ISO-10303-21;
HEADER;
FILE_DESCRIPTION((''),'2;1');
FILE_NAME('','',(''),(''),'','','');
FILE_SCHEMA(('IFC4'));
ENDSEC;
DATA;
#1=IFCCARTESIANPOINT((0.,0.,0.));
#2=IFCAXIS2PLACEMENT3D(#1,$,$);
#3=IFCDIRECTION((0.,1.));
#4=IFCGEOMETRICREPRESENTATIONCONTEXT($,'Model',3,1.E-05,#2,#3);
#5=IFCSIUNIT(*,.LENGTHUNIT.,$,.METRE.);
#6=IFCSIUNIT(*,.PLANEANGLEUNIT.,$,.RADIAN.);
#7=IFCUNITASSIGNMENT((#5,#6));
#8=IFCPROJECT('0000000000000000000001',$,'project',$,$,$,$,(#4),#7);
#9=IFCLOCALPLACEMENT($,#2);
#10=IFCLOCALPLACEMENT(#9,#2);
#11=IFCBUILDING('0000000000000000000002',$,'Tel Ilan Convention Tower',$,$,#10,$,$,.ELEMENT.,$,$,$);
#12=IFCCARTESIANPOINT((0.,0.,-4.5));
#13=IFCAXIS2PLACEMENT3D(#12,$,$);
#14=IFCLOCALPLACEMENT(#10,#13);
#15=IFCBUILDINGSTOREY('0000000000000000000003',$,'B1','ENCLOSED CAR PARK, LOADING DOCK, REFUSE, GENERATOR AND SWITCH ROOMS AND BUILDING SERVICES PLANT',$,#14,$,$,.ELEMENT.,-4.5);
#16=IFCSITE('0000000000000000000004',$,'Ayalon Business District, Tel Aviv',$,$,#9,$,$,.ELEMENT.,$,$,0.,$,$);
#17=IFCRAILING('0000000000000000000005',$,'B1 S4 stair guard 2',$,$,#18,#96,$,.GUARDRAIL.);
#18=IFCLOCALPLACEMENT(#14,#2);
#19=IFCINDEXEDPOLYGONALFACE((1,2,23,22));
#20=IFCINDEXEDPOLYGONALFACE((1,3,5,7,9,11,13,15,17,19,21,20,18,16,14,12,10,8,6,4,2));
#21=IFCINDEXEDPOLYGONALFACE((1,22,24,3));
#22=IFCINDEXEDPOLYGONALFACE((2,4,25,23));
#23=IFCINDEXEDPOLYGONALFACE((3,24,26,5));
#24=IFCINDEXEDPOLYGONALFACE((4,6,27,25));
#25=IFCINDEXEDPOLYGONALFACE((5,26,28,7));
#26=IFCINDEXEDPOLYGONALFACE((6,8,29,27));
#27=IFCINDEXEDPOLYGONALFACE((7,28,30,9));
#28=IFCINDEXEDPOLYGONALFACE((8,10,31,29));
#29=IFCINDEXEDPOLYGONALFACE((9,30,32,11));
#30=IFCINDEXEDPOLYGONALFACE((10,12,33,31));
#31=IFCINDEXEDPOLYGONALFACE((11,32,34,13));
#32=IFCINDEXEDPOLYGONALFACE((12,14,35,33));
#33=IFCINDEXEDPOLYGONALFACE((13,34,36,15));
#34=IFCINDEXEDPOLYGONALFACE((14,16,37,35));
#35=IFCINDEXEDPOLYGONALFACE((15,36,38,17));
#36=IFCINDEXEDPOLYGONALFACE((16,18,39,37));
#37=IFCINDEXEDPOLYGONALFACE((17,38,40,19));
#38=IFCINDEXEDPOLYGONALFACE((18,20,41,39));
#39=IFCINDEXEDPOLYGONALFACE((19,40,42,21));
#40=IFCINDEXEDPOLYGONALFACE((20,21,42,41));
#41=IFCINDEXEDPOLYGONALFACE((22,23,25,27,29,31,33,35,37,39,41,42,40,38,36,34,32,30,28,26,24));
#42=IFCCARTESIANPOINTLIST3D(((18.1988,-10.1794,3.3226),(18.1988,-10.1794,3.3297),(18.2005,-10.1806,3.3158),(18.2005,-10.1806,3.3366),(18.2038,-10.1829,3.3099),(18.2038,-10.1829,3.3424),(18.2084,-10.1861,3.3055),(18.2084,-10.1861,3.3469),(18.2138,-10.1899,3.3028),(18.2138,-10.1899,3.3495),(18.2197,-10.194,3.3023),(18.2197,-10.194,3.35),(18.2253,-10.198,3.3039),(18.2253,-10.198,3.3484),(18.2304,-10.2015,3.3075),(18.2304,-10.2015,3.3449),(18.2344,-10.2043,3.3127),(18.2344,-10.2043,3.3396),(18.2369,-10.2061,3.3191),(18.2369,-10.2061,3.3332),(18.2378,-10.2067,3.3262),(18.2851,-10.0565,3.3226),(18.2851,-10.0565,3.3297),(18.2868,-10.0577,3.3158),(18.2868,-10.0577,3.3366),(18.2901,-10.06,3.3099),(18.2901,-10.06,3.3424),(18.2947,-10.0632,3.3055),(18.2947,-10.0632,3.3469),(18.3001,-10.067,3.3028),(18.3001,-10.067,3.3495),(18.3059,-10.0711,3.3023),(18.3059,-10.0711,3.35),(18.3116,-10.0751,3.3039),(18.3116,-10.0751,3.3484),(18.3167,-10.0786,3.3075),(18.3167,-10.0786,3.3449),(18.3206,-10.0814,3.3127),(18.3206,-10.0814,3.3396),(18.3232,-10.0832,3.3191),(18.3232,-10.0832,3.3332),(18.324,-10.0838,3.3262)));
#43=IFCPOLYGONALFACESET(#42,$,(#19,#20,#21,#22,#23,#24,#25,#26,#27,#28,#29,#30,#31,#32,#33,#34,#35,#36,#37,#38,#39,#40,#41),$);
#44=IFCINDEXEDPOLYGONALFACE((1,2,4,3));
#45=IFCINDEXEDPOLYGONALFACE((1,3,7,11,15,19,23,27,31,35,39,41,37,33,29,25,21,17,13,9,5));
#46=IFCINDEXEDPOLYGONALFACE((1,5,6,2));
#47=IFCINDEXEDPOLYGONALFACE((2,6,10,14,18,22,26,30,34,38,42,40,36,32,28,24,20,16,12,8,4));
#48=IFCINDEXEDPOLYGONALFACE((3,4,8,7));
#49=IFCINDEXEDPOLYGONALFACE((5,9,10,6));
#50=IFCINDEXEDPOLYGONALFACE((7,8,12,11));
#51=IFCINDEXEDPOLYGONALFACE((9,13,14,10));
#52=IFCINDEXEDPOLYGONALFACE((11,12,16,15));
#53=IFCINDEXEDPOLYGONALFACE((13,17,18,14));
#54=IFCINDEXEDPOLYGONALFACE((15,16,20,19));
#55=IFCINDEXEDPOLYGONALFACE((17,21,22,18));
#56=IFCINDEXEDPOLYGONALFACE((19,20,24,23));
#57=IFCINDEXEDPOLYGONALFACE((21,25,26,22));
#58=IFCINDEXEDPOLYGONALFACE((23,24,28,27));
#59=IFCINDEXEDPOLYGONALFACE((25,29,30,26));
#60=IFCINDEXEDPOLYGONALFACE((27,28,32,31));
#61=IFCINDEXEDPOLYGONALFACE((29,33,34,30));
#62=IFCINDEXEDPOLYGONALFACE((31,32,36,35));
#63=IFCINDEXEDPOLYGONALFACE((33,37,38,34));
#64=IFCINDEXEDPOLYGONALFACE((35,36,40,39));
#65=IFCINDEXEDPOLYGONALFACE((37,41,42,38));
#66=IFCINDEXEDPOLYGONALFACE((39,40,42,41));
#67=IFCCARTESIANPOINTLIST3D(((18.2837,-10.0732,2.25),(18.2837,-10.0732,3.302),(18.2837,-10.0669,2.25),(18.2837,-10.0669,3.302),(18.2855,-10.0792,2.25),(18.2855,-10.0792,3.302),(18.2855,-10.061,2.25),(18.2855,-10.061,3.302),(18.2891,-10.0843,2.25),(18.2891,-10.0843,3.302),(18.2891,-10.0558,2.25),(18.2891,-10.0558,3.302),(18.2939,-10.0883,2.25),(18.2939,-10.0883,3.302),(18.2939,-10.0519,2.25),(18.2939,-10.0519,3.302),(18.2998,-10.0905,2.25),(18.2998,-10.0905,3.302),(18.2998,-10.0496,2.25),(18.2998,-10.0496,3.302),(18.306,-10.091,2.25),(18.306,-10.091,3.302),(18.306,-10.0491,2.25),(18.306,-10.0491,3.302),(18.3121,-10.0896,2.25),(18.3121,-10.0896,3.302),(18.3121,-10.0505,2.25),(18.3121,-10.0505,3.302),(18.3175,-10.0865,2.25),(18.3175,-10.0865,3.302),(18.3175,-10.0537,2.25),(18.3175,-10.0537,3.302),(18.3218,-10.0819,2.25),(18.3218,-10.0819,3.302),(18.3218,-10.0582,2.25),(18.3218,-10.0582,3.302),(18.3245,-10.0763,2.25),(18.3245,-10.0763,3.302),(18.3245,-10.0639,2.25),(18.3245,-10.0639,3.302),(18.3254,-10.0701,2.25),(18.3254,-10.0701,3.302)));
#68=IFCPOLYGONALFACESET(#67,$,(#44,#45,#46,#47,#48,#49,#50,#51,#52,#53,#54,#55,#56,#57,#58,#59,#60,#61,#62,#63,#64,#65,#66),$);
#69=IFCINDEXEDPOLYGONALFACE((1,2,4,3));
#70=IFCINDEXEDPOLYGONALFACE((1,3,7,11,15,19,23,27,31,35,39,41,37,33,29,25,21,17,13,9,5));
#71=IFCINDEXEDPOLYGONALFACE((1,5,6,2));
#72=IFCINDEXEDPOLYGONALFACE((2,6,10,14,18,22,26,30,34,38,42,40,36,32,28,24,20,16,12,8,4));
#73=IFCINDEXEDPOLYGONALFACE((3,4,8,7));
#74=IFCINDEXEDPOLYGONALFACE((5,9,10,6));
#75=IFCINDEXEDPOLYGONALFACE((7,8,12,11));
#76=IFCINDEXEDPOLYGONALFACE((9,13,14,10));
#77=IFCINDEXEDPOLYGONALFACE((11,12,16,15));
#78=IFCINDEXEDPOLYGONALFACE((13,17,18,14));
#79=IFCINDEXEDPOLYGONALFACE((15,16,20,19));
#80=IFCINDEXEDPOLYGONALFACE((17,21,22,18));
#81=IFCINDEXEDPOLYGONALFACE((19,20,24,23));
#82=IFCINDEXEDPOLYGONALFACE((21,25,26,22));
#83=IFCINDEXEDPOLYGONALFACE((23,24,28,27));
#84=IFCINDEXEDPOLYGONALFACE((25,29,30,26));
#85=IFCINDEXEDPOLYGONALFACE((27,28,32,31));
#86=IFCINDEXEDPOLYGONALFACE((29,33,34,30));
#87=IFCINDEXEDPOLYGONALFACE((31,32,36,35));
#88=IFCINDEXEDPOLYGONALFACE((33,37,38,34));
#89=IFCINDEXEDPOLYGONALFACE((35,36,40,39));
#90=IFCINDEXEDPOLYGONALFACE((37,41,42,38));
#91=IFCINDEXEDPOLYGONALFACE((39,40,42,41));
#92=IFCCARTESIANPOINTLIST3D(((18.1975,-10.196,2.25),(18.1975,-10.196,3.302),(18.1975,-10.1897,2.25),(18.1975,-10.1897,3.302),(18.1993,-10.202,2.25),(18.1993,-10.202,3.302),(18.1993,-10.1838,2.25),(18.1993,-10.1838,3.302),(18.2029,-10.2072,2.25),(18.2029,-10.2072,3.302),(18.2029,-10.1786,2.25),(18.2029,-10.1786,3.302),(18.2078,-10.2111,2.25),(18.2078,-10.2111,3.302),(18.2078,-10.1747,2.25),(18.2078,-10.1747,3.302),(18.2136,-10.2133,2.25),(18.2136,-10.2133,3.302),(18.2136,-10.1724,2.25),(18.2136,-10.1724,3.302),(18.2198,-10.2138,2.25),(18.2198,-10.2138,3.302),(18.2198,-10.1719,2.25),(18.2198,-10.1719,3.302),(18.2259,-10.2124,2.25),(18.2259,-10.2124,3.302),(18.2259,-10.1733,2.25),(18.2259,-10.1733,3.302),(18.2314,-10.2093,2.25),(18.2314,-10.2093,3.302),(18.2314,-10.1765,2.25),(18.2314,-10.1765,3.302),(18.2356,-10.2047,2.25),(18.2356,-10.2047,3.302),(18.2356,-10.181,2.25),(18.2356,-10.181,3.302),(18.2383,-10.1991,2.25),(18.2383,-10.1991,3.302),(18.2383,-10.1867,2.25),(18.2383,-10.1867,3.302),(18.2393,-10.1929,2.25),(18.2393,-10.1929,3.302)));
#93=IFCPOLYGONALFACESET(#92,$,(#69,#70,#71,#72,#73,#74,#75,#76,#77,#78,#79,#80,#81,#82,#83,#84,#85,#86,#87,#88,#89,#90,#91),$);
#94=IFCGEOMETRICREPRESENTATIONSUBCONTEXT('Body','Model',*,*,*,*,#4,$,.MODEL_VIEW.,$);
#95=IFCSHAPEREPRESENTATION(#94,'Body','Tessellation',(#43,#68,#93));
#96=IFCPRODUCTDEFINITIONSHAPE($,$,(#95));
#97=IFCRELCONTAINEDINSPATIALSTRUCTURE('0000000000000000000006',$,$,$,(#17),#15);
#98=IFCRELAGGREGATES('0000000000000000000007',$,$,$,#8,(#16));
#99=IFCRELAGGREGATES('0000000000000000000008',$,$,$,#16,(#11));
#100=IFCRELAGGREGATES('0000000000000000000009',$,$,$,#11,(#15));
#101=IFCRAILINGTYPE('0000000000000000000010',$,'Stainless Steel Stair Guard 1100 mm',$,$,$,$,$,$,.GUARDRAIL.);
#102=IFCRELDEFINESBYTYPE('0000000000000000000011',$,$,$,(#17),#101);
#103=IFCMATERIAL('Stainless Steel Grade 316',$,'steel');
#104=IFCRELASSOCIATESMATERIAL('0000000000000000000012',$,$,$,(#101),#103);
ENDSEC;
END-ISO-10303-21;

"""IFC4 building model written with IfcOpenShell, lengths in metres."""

from ifc_helpers import new_model, si_unit, direction, frame, origin, origin_2d, place, context, subcontext, project, spatial, circle, extrude, material, type_object, element, save


model = new_model("IFC4")

# Units and contexts
model_context = context("Model", 3, precision=1e-05, world=origin(), true_north=direction((0.0, 1.0)))
body_context = subcontext(model_context, "Body", "Model", "MODEL_VIEW")
ifc_project = project(units=[si_unit("LENGTHUNIT", "METRE"), si_unit("PLANEANGLEUNIT", "RADIAN")], contexts=[model_context])

# Site, building, storey
site_placement = place(None, origin())
site = spatial("IfcSite", under=ifc_project, at=site_placement, Name="Ayalon Business District, Tel Aviv", CompositionType="ELEMENT", RefElevation=0.0)
building_placement = place(site_placement, origin())
building = spatial("IfcBuilding", under=site, at=building_placement, Name="Tel Ilan Convention Tower", CompositionType="ELEMENT")
storey_placement = place(building_placement, frame((0.0, 0.0, -4.5)))
storey = spatial("IfcBuildingStorey", under=building, at=storey_placement, Name="B1", Description="ENCLOSED CAR PARK, LOADING DOCK, REFUSE, GENERATOR AND SWITCH ROOMS AND BUILDING SERVICES PLANT", CompositionType="ELEMENT", Elevation=-4.5)

# Railing
ifc_material_1 = material(Name="Stainless Steel Grade 316", Category="steel")
railing_type_1 = type_object("IfcRailingType", Name="Stainless Steel Stair Guard 1100 mm", PredefinedType="GUARDRAIL", material=ifc_material_1)
railing_1_placement = place(storey_placement, frame((18.3044, -10.0701, 2.25)))
element("IfcRailing", 1, at=railing_1_placement, inside=storey, type_object=railing_type_1, Name="B1 S4 stair guard 2", PredefinedType="GUARDRAIL", context=body_context, shape_type="SweptSolid", body=[
    extrude(circle(Radius=0.0239, at=origin_2d()), frame((0.0, 0.0, 1.0762), z_axis=(-0.574445, -0.818543, 0.0), x_axis=(0.818543, -0.574445, 0.0)), (0.0, 0.0, 1.0), 0.1501),
    extrude(circle(Radius=0.021, at=origin_2d()), origin(), (0.0, 0.0, 1.0), 1.052),
    extrude(circle(Radius=0.021, at=origin_2d()), frame((-0.0862, -0.1228, 0.0)), (0.0, 0.0, 1.0), 1.052),
])

save(model, "model.ifc")
